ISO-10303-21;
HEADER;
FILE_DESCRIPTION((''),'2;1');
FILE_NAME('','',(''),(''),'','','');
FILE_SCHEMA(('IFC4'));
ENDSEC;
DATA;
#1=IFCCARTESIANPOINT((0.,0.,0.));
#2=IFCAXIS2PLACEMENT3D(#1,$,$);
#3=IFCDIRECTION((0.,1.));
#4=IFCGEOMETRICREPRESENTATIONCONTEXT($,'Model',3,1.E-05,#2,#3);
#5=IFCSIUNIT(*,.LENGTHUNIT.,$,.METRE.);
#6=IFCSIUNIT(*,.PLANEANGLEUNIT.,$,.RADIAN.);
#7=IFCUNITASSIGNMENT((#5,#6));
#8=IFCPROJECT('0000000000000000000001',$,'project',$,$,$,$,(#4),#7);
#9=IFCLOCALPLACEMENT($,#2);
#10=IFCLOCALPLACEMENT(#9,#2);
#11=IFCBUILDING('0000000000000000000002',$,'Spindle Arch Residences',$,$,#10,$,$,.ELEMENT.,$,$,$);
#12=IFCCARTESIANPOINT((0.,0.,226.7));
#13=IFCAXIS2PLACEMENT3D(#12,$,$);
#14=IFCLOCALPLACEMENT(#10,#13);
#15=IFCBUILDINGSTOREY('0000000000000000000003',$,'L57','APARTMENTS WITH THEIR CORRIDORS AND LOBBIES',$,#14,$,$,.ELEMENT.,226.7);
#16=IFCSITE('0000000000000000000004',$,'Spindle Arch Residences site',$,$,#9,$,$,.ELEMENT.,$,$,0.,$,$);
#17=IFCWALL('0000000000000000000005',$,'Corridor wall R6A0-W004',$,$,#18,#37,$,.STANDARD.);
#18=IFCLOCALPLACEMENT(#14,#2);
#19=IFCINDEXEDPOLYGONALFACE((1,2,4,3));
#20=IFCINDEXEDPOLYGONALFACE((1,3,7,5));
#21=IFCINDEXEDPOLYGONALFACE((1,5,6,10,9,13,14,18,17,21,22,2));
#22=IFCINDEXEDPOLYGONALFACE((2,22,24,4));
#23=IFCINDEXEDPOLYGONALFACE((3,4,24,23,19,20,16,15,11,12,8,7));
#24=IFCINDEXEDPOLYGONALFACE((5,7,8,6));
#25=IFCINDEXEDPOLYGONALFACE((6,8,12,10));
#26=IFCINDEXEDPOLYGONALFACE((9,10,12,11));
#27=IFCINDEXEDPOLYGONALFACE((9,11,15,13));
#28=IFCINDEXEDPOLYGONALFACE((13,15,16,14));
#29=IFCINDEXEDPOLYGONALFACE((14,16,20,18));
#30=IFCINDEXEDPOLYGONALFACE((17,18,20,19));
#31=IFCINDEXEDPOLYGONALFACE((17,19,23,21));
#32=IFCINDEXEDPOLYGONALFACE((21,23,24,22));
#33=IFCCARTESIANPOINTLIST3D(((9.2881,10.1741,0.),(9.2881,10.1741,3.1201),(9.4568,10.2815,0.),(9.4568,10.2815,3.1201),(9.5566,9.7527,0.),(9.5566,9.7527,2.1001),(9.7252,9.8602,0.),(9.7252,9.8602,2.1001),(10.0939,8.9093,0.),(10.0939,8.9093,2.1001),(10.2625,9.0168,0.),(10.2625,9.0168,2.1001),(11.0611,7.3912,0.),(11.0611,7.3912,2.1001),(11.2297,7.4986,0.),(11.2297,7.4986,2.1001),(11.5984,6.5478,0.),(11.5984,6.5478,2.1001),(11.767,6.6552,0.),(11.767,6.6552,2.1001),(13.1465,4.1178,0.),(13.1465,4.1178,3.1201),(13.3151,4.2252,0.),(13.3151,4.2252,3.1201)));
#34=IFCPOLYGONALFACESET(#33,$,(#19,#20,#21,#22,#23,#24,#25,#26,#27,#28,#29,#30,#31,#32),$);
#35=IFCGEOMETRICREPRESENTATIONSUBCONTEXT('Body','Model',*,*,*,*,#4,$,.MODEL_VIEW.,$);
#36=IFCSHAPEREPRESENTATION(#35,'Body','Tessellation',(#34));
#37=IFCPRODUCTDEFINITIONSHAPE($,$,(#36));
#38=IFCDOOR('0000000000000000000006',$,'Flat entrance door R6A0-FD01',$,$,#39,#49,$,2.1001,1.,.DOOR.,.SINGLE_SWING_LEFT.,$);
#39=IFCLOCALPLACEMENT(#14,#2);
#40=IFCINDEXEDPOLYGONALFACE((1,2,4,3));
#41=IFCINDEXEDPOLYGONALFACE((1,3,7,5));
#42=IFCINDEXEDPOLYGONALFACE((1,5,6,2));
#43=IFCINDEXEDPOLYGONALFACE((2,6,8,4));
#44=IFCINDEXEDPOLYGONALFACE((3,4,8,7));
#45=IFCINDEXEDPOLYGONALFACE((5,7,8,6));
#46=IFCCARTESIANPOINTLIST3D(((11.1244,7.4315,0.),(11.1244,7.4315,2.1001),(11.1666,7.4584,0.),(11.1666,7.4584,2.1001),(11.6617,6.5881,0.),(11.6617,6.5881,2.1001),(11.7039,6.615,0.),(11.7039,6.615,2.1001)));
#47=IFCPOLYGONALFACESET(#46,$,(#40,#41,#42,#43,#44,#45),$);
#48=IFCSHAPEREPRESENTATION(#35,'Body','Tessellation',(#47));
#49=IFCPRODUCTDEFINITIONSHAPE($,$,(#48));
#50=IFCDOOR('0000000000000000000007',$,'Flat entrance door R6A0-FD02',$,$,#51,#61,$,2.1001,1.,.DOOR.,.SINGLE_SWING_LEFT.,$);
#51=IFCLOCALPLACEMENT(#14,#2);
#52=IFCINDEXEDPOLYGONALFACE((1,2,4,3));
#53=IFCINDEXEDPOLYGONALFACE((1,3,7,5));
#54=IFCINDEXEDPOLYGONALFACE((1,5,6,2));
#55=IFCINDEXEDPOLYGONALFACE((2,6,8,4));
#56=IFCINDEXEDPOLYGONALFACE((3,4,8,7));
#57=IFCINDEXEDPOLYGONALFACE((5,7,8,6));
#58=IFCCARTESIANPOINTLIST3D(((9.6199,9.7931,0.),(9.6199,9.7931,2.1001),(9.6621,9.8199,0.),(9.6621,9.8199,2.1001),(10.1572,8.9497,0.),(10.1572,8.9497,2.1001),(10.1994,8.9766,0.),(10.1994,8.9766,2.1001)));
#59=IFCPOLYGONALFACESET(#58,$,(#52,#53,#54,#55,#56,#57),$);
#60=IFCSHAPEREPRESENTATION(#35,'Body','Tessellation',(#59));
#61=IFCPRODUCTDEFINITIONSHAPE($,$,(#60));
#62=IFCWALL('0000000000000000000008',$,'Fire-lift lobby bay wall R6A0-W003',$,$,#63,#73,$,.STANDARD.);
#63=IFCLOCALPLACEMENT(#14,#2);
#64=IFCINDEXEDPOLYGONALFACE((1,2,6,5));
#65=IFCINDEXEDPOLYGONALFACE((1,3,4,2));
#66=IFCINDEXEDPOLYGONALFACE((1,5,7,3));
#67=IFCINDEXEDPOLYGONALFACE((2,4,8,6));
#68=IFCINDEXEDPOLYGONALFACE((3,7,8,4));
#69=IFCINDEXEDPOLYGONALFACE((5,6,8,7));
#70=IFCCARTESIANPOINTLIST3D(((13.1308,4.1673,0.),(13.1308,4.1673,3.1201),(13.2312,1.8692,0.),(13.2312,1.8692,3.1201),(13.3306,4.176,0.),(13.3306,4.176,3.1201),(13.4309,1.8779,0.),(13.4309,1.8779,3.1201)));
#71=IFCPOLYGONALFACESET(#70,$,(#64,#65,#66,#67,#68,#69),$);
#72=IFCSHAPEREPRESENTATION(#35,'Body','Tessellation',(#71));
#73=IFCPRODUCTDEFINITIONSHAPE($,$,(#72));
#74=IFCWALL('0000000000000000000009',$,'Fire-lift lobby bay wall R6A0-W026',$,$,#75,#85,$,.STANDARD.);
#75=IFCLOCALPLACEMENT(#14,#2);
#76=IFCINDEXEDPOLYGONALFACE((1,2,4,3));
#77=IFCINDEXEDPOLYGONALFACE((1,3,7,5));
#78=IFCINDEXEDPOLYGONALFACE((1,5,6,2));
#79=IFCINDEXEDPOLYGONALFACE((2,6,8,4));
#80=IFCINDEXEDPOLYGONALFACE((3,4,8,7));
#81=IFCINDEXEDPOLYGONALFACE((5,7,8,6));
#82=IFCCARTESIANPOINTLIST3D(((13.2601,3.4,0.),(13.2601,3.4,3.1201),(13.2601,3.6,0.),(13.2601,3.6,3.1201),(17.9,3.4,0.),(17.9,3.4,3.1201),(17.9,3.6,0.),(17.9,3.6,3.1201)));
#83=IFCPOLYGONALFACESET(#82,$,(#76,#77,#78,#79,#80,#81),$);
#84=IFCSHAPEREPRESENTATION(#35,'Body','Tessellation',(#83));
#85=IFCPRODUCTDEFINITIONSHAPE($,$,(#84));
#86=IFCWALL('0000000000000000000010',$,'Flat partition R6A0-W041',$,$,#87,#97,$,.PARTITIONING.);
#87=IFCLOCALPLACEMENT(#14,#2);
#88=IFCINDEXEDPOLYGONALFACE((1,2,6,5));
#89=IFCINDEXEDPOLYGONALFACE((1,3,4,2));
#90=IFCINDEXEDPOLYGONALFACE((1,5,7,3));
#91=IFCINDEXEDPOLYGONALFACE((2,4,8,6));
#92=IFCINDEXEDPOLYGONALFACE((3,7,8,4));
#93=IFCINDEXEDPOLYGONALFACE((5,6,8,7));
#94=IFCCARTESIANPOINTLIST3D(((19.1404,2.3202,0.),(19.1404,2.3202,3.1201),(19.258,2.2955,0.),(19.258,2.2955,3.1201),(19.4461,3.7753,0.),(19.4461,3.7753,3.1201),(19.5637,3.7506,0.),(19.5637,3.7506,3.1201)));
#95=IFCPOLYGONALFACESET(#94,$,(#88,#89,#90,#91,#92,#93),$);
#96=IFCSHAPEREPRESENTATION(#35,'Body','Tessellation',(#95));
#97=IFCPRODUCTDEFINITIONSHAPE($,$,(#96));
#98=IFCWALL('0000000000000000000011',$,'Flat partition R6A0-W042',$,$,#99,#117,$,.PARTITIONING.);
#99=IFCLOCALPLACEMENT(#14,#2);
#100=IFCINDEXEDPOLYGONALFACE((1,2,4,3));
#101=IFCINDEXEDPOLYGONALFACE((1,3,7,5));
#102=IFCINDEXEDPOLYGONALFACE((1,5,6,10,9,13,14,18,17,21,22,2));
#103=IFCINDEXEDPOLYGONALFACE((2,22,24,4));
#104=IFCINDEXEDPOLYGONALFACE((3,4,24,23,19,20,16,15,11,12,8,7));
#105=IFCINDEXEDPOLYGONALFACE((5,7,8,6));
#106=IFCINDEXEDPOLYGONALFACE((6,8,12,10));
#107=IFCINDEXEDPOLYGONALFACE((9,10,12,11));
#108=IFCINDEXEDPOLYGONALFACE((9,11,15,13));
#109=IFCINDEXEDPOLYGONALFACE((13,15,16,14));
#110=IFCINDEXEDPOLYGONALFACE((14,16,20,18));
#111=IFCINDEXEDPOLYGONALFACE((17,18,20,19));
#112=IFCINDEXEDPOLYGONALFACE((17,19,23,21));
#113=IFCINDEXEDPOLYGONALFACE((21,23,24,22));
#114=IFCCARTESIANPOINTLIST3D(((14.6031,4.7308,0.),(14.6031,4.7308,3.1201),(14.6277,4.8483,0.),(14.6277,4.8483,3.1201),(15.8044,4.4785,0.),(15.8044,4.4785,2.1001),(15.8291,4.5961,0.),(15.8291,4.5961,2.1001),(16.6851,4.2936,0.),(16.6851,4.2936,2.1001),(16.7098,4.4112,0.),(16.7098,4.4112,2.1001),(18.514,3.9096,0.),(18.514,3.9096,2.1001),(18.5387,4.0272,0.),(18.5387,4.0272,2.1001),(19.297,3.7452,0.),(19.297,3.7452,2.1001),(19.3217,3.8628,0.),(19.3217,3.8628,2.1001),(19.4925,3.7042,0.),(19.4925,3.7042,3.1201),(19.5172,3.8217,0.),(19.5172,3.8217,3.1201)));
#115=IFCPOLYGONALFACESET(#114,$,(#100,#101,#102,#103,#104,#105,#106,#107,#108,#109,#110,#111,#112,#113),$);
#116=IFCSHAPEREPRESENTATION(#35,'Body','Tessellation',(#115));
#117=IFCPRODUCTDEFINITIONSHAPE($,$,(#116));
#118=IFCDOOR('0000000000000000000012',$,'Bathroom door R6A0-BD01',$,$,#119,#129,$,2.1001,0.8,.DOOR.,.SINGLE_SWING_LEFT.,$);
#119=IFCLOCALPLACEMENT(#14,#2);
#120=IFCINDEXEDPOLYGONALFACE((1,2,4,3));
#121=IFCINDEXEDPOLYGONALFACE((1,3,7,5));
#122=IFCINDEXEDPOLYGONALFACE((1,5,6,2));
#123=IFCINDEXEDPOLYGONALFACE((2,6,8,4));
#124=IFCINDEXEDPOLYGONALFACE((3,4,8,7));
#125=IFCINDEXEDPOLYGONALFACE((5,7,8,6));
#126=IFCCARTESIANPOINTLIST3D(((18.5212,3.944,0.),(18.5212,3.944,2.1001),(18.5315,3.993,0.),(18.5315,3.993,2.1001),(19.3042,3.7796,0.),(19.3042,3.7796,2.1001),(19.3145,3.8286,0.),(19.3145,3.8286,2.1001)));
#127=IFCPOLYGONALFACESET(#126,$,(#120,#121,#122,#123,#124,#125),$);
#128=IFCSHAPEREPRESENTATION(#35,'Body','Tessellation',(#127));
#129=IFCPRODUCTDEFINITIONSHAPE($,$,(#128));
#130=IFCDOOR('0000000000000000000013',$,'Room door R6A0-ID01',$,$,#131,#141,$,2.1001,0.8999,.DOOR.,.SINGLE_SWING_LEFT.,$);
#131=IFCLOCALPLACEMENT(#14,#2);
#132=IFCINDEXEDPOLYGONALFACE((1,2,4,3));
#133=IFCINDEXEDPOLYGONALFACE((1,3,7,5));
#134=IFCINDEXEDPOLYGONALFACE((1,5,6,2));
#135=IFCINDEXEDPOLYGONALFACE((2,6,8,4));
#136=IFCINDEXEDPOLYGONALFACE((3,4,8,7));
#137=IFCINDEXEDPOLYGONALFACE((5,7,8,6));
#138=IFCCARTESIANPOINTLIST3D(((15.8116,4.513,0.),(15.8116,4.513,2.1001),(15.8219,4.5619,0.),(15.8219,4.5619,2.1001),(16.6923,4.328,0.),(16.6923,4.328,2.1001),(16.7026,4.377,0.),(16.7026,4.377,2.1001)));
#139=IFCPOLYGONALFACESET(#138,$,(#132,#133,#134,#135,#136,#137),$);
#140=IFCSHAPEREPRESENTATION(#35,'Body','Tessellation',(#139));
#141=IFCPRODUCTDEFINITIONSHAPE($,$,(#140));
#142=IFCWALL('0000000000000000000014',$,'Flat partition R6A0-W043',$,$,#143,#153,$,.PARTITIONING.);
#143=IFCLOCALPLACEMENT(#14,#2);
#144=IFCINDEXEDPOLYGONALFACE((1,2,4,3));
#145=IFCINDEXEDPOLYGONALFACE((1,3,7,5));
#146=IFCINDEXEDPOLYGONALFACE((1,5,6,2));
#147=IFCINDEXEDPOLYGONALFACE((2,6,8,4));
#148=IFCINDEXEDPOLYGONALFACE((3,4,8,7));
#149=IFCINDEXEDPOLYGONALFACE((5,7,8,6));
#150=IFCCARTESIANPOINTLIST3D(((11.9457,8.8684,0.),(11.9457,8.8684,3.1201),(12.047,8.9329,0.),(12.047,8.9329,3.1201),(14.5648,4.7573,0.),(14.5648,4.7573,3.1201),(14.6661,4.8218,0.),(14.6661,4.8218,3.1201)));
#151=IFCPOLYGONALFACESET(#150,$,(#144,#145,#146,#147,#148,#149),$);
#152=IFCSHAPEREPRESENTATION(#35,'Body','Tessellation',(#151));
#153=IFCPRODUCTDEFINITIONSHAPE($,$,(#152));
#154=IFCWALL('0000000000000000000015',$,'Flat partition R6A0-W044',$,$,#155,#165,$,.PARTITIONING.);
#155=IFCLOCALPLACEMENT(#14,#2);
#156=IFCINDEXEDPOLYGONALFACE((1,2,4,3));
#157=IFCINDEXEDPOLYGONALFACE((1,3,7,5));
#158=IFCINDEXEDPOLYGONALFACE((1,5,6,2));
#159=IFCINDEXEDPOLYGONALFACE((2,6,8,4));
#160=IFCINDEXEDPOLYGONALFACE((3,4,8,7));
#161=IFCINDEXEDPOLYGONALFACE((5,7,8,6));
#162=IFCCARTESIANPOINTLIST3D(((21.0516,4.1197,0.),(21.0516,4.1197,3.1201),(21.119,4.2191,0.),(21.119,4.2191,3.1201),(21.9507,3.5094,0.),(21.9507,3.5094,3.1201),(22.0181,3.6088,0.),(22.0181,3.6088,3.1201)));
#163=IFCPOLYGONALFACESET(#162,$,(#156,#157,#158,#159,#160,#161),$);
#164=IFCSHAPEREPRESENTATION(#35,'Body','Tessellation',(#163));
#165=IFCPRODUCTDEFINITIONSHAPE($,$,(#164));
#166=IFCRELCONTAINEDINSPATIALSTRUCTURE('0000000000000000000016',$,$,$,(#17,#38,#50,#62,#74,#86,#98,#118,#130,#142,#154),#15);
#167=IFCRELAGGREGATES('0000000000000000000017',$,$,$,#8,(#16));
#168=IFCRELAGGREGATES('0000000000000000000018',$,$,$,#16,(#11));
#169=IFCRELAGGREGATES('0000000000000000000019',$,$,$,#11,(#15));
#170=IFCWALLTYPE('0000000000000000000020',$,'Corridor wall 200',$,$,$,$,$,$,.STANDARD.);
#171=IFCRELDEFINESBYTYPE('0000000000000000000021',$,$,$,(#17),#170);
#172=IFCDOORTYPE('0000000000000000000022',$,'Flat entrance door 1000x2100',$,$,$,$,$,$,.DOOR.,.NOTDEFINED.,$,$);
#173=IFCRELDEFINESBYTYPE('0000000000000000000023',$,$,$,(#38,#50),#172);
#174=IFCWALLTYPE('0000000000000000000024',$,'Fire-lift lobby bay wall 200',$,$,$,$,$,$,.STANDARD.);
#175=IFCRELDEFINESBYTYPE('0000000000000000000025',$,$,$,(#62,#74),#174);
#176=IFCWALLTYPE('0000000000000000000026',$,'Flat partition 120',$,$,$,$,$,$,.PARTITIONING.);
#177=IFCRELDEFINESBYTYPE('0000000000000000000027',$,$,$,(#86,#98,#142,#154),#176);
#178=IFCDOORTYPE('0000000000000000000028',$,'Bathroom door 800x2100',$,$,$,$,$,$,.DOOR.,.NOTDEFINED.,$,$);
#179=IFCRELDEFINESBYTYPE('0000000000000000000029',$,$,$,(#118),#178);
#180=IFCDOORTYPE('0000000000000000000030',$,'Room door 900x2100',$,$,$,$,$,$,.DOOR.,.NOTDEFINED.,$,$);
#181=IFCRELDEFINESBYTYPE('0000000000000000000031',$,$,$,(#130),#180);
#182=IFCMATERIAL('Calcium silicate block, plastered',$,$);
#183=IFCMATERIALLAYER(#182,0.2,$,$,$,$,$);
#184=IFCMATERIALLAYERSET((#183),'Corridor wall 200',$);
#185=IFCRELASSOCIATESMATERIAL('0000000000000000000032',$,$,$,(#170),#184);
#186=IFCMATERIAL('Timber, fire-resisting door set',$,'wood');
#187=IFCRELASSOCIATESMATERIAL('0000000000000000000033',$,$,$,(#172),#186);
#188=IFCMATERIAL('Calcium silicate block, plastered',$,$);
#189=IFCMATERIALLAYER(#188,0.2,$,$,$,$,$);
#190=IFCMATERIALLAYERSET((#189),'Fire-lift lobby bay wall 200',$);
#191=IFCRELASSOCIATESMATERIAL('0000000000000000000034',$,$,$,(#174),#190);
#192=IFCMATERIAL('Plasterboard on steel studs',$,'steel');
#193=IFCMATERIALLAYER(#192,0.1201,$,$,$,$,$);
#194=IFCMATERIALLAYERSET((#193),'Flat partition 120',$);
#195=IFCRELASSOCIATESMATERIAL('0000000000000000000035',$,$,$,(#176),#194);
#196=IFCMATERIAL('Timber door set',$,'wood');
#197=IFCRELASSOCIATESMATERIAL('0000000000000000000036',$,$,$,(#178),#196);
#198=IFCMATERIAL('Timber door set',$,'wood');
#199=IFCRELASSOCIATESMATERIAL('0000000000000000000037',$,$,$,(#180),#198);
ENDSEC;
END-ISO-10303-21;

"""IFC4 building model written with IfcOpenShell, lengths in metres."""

from ifc_helpers import new_model, si_unit, direction, frame, frame_2d, origin, place, context, subcontext, project, spatial, rectangle, extrude, material, layer, layer_set, type_object, element, fill, save


model = new_model("IFC4")

# Units and contexts
model_context = context("Model", 3, precision=1e-05, world=origin(), true_north=direction((0.0, 1.0)))
body_context = subcontext(model_context, "Body", "Model", "MODEL_VIEW")
ifc_project = project(units=[si_unit("LENGTHUNIT", "METRE"), si_unit("PLANEANGLEUNIT", "RADIAN")], contexts=[model_context])

# Site, building, storey
site_placement = place(None, origin())
site = spatial("IfcSite", under=ifc_project, at=site_placement, Name="Spindle Arch Residences site", CompositionType="ELEMENT", RefElevation=0.0)
building_placement = place(site_placement, origin())
building = spatial("IfcBuilding", under=site, at=building_placement, Name="Spindle Arch Residences", CompositionType="ELEMENT")
storey_placement = place(building_placement, frame((0.0, 0.0, 226.7)))
storey = spatial("IfcBuildingStorey", under=building, at=storey_placement, Name="L57", Description="APARTMENTS WITH THEIR CORRIDORS AND LOBBIES", CompositionType="ELEMENT", Elevation=226.7)

# Wall, openings, doors
ifc_material_1 = material(Name="Calcium silicate block, plastered")
ifc_layer_1 = layer(ifc_material_1, 0.2)
ifc_layer_set_1 = layer_set([ifc_layer_1], Name="Corridor wall 200")
wall_type_1 = type_object("IfcWallType", Name="Corridor wall 200", PredefinedType="STANDARD", material=ifc_layer_set_1)
wall_1_placement = place(storey_placement, frame((13.2307, 4.1716, 0.0), z_axis=(0.0, 0.0, 1.0), x_axis=(-0.537304, 0.843388, 0.0)))
wall_1 = element("IfcWall", 1, at=wall_1_placement, inside=storey, type_object=wall_type_1, Name="Corridor wall R6A0-W004", PredefinedType="STANDARD", context=body_context, shape_type="SweptSolid", body=[
    extrude(rectangle(XDim=7.1809, YDim=0.2, at=frame_2d((3.5903, 0.0))), origin(), (0.0, 0.0, 1.0), 3.1201),
])
opening_1_placement = place(wall_1_placement, frame((2.8811, 0.0, 0.0)))
opening_1 = element("IfcOpeningElement", 2, at=opening_1_placement, cuts=wall_1, PredefinedType="OPENING", context=body_context, shape_type="SweptSolid", body=[
    extrude(rectangle(XDim=1.0, YDim=2.1001, at=frame_2d((0.5, 1.05))), frame((0.0, 0.1099, 0.0), z_axis=(0.0, -1.0, 0.0), x_axis=(1.0, 0.0, 0.0)), (0.0, 0.0, 1.0), 0.22),
])
opening_2_placement = place(wall_1_placement, frame((5.6812, 0.0, 0.0)))
opening_2 = element("IfcOpeningElement", 3, at=opening_2_placement, cuts=wall_1, PredefinedType="OPENING", context=body_context, shape_type="SweptSolid", body=[
    extrude(rectangle(XDim=1.0, YDim=2.1001, at=frame_2d((0.5, 1.05))), frame((0.0, 0.1099, 0.0), z_axis=(0.0, -1.0, 0.0), x_axis=(1.0, 0.0, 0.0)), (0.0, 0.0, 1.0), 0.22),
])
ifc_material_2 = material(Name="Timber, fire-resisting door set", Category="wood")
door_type_1 = type_object("IfcDoorType", Name="Flat entrance door 1000x2100", OperationType="NOTDEFINED", PredefinedType="DOOR", material=ifc_material_2)
door_1_placement = place(opening_1_placement, origin())
door_1 = element("IfcDoor", 4, at=door_1_placement, inside=storey, type_object=door_type_1, Name="Flat entrance door R6A0-FD01", OperationType="SINGLE_SWING_LEFT", OverallHeight=2.1001, OverallWidth=1.0, PredefinedType="DOOR", context=body_context, shape_type="SweptSolid", body=[
    extrude(rectangle(XDim=1.0, YDim=2.1001, at=frame_2d((0.5, 1.05))), frame((0.0, 0.0249, 0.0), z_axis=(0.0, -1.0, 0.0), x_axis=(1.0, 0.0, 0.0)), (0.0, 0.0, 1.0), 0.05),
])
fill(opening_1, door_1)
door_2_placement = place(opening_2_placement, origin())
door_2 = element("IfcDoor", 5, at=door_2_placement, inside=storey, type_object=door_type_1, Name="Flat entrance door R6A0-FD02", OperationType="SINGLE_SWING_LEFT", OverallHeight=2.1001, OverallWidth=1.0, PredefinedType="DOOR", context=body_context, shape_type="SweptSolid", body=[
    extrude(rectangle(XDim=1.0, YDim=2.1001, at=frame_2d((0.5, 1.05))), frame((0.0, 0.0249, 0.0), z_axis=(0.0, -1.0, 0.0), x_axis=(1.0, 0.0, 0.0)), (0.0, 0.0, 1.0), 0.05),
])
fill(opening_2, door_2)

# Walls
ifc_material_3 = material(Name="Calcium silicate block, plastered")
ifc_layer_2 = layer(ifc_material_3, 0.2)
ifc_layer_set_2 = layer_set([ifc_layer_2], Name="Fire-lift lobby bay wall 200")
wall_type_2 = type_object("IfcWallType", Name="Fire-lift lobby bay wall 200", PredefinedType="STANDARD", material=ifc_layer_set_2)
wall_2_placement = place(storey_placement, frame((13.3311, 1.8735, 0.0), z_axis=(0.0, 0.0, 1.0), x_axis=(-0.043621, 0.999048, 0.0)))
element("IfcWall", 6, at=wall_2_placement, inside=storey, type_object=wall_type_2, Name="Fire-lift lobby bay wall R6A0-W003", PredefinedType="STANDARD", context=body_context, shape_type="SweptSolid", body=[
    extrude(rectangle(XDim=2.3003, YDim=0.2, at=frame_2d((1.1501, 0.0))), origin(), (0.0, 0.0, 1.0), 3.1201),
])
wall_3_placement = place(storey_placement, frame((17.8999, 3.5, 0.0), z_axis=(0.0, 0.0, 1.0), x_axis=(-1.0, 0.0, 0.0)))
element("IfcWall", 7, at=wall_3_placement, inside=storey, type_object=wall_type_2, Name="Fire-lift lobby bay wall R6A0-W026", PredefinedType="STANDARD", context=body_context, shape_type="SweptSolid", body=[
    extrude(rectangle(XDim=4.6399, YDim=0.2, at=frame_2d((2.3198, 0.0))), origin(), (0.0, 0.0, 1.0), 3.1201),
])
ifc_material_4 = material(Name="Plasterboard on steel studs", Category="steel")
ifc_layer_3 = layer(ifc_material_4, 0.1201)
ifc_layer_set_3 = layer_set([ifc_layer_3], Name="Flat partition 120")
wall_type_3 = type_object("IfcWallType", Name="Flat partition 120", PredefinedType="PARTITIONING", material=ifc_layer_set_3)
wall_4_placement = place(storey_placement, frame((19.1992, 2.3079, 0.0), z_axis=(0.0, 0.0, 1.0), x_axis=(0.20558, 0.97864, 0.0)))
element("IfcWall", 8, at=wall_4_placement, inside=storey, type_object=wall_type_3, Name="Flat partition R6A0-W041", PredefinedType="PARTITIONING", context=body_context, shape_type="SweptSolid", body=[
    extrude(rectangle(XDim=1.4868, YDim=0.1201, at=frame_2d((0.7434, 0.0))), origin(), (0.0, 0.0, 1.0), 3.1201),
])

# Wall, openings, doors
wall_5_placement = place(storey_placement, frame((19.5049, 3.7629, 0.0), z_axis=(0.0, 0.0, 1.0), x_axis=(-0.97866, 0.205486, 0.0)))
wall_5 = element("IfcWall", 9, at=wall_5_placement, inside=storey, type_object=wall_type_3, Name="Flat partition R6A0-W042", PredefinedType="PARTITIONING", context=body_context, shape_type="SweptSolid", body=[
    extrude(rectangle(XDim=4.9961, YDim=0.1201, at=frame_2d((2.498, 0.0))), origin(), (0.0, 0.0, 1.0), 3.1201),
])
opening_3_placement = place(wall_5_placement, frame((0.2, 0.0, 0.0)))
opening_3 = element("IfcOpeningElement", 10, at=opening_3_placement, cuts=wall_5, PredefinedType="OPENING", context=body_context, shape_type="SweptSolid", body=[
    extrude(rectangle(XDim=0.8, YDim=2.1001, at=frame_2d((0.3999, 1.05))), frame((0.0, 0.0701, 0.0), z_axis=(0.0, -1.0, 0.0), x_axis=(1.0, 0.0, 0.0)), (0.0, 0.0, 1.0), 0.1401),
])
opening_4_placement = place(wall_5_placement, frame((2.8687, 0.0, 0.0)))
opening_4 = element("IfcOpeningElement", 11, at=opening_4_placement, cuts=wall_5, PredefinedType="OPENING", context=body_context, shape_type="SweptSolid", body=[
    extrude(rectangle(XDim=0.8999, YDim=2.1001, at=frame_2d((0.45, 1.05))), frame((0.0, 0.0701, 0.0), z_axis=(0.0, -1.0, 0.0), x_axis=(1.0, 0.0, 0.0)), (0.0, 0.0, 1.0), 0.1401),
])
ifc_material_5 = material(Name="Timber door set", Category="wood")
door_type_2 = type_object("IfcDoorType", Name="Bathroom door 800x2100", OperationType="NOTDEFINED", PredefinedType="DOOR", material=ifc_material_5)
door_3_placement = place(opening_3_placement, origin())
door_3 = element("IfcDoor", 12, at=door_3_placement, inside=storey, type_object=door_type_2, Name="Bathroom door R6A0-BD01", OperationType="SINGLE_SWING_LEFT", OverallHeight=2.1001, OverallWidth=0.8, PredefinedType="DOOR", context=body_context, shape_type="SweptSolid", body=[
    extrude(rectangle(XDim=0.8, YDim=2.1001, at=frame_2d((0.3999, 1.05))), frame((0.0, 0.0249, 0.0), z_axis=(0.0, -1.0, 0.0), x_axis=(1.0, 0.0, 0.0)), (0.0, 0.0, 1.0), 0.05),
])
fill(opening_3, door_3)
ifc_material_6 = material(Name="Timber door set", Category="wood")
door_type_3 = type_object("IfcDoorType", Name="Room door 900x2100", OperationType="NOTDEFINED", PredefinedType="DOOR", material=ifc_material_6)
door_4_placement = place(opening_4_placement, origin())
door_4 = element("IfcDoor", 13, at=door_4_placement, inside=storey, type_object=door_type_3, Name="Room door R6A0-ID01", OperationType="SINGLE_SWING_LEFT", OverallHeight=2.1001, OverallWidth=0.8999, PredefinedType="DOOR", context=body_context, shape_type="SweptSolid", body=[
    extrude(rectangle(XDim=0.8999, YDim=2.1001, at=frame_2d((0.45, 1.05))), frame((0.0, 0.0249, 0.0), z_axis=(0.0, -1.0, 0.0), x_axis=(1.0, 0.0, 0.0)), (0.0, 0.0, 1.0), 0.05),
])
fill(opening_4, door_4)

# Walls
wall_6_placement = place(storey_placement, frame((14.6155, 4.7896, 0.0), z_axis=(0.0, 0.0, 1.0), x_axis=(-0.537313, 0.843383, 0.0)))
element("IfcWall", 14, at=wall_6_placement, inside=storey, type_object=wall_type_3, Name="Flat partition R6A0-W043", PredefinedType="PARTITIONING", context=body_context, shape_type="SweptSolid", body=[
    extrude(rectangle(XDim=4.8745, YDim=0.1201, at=frame_2d((2.4373, 0.0))), origin(), (0.0, 0.0, 1.0), 3.1201),
])
wall_7_placement = place(storey_placement, frame((21.0852, 4.1694, 0.0), z_axis=(0.0, 0.0, 1.0), x_axis=(0.82739, -0.561628, 0.0)))
element("IfcWall", 15, at=wall_7_placement, inside=storey, type_object=wall_type_3, Name="Flat partition R6A0-W044", PredefinedType="PARTITIONING", context=body_context, shape_type="SweptSolid", body=[
    extrude(rectangle(XDim=1.0867, YDim=0.1201, at=frame_2d((0.5435, 0.0))), origin(), (0.0, 0.0, 1.0), 3.1201),
])

save(model, "model.ifc")
